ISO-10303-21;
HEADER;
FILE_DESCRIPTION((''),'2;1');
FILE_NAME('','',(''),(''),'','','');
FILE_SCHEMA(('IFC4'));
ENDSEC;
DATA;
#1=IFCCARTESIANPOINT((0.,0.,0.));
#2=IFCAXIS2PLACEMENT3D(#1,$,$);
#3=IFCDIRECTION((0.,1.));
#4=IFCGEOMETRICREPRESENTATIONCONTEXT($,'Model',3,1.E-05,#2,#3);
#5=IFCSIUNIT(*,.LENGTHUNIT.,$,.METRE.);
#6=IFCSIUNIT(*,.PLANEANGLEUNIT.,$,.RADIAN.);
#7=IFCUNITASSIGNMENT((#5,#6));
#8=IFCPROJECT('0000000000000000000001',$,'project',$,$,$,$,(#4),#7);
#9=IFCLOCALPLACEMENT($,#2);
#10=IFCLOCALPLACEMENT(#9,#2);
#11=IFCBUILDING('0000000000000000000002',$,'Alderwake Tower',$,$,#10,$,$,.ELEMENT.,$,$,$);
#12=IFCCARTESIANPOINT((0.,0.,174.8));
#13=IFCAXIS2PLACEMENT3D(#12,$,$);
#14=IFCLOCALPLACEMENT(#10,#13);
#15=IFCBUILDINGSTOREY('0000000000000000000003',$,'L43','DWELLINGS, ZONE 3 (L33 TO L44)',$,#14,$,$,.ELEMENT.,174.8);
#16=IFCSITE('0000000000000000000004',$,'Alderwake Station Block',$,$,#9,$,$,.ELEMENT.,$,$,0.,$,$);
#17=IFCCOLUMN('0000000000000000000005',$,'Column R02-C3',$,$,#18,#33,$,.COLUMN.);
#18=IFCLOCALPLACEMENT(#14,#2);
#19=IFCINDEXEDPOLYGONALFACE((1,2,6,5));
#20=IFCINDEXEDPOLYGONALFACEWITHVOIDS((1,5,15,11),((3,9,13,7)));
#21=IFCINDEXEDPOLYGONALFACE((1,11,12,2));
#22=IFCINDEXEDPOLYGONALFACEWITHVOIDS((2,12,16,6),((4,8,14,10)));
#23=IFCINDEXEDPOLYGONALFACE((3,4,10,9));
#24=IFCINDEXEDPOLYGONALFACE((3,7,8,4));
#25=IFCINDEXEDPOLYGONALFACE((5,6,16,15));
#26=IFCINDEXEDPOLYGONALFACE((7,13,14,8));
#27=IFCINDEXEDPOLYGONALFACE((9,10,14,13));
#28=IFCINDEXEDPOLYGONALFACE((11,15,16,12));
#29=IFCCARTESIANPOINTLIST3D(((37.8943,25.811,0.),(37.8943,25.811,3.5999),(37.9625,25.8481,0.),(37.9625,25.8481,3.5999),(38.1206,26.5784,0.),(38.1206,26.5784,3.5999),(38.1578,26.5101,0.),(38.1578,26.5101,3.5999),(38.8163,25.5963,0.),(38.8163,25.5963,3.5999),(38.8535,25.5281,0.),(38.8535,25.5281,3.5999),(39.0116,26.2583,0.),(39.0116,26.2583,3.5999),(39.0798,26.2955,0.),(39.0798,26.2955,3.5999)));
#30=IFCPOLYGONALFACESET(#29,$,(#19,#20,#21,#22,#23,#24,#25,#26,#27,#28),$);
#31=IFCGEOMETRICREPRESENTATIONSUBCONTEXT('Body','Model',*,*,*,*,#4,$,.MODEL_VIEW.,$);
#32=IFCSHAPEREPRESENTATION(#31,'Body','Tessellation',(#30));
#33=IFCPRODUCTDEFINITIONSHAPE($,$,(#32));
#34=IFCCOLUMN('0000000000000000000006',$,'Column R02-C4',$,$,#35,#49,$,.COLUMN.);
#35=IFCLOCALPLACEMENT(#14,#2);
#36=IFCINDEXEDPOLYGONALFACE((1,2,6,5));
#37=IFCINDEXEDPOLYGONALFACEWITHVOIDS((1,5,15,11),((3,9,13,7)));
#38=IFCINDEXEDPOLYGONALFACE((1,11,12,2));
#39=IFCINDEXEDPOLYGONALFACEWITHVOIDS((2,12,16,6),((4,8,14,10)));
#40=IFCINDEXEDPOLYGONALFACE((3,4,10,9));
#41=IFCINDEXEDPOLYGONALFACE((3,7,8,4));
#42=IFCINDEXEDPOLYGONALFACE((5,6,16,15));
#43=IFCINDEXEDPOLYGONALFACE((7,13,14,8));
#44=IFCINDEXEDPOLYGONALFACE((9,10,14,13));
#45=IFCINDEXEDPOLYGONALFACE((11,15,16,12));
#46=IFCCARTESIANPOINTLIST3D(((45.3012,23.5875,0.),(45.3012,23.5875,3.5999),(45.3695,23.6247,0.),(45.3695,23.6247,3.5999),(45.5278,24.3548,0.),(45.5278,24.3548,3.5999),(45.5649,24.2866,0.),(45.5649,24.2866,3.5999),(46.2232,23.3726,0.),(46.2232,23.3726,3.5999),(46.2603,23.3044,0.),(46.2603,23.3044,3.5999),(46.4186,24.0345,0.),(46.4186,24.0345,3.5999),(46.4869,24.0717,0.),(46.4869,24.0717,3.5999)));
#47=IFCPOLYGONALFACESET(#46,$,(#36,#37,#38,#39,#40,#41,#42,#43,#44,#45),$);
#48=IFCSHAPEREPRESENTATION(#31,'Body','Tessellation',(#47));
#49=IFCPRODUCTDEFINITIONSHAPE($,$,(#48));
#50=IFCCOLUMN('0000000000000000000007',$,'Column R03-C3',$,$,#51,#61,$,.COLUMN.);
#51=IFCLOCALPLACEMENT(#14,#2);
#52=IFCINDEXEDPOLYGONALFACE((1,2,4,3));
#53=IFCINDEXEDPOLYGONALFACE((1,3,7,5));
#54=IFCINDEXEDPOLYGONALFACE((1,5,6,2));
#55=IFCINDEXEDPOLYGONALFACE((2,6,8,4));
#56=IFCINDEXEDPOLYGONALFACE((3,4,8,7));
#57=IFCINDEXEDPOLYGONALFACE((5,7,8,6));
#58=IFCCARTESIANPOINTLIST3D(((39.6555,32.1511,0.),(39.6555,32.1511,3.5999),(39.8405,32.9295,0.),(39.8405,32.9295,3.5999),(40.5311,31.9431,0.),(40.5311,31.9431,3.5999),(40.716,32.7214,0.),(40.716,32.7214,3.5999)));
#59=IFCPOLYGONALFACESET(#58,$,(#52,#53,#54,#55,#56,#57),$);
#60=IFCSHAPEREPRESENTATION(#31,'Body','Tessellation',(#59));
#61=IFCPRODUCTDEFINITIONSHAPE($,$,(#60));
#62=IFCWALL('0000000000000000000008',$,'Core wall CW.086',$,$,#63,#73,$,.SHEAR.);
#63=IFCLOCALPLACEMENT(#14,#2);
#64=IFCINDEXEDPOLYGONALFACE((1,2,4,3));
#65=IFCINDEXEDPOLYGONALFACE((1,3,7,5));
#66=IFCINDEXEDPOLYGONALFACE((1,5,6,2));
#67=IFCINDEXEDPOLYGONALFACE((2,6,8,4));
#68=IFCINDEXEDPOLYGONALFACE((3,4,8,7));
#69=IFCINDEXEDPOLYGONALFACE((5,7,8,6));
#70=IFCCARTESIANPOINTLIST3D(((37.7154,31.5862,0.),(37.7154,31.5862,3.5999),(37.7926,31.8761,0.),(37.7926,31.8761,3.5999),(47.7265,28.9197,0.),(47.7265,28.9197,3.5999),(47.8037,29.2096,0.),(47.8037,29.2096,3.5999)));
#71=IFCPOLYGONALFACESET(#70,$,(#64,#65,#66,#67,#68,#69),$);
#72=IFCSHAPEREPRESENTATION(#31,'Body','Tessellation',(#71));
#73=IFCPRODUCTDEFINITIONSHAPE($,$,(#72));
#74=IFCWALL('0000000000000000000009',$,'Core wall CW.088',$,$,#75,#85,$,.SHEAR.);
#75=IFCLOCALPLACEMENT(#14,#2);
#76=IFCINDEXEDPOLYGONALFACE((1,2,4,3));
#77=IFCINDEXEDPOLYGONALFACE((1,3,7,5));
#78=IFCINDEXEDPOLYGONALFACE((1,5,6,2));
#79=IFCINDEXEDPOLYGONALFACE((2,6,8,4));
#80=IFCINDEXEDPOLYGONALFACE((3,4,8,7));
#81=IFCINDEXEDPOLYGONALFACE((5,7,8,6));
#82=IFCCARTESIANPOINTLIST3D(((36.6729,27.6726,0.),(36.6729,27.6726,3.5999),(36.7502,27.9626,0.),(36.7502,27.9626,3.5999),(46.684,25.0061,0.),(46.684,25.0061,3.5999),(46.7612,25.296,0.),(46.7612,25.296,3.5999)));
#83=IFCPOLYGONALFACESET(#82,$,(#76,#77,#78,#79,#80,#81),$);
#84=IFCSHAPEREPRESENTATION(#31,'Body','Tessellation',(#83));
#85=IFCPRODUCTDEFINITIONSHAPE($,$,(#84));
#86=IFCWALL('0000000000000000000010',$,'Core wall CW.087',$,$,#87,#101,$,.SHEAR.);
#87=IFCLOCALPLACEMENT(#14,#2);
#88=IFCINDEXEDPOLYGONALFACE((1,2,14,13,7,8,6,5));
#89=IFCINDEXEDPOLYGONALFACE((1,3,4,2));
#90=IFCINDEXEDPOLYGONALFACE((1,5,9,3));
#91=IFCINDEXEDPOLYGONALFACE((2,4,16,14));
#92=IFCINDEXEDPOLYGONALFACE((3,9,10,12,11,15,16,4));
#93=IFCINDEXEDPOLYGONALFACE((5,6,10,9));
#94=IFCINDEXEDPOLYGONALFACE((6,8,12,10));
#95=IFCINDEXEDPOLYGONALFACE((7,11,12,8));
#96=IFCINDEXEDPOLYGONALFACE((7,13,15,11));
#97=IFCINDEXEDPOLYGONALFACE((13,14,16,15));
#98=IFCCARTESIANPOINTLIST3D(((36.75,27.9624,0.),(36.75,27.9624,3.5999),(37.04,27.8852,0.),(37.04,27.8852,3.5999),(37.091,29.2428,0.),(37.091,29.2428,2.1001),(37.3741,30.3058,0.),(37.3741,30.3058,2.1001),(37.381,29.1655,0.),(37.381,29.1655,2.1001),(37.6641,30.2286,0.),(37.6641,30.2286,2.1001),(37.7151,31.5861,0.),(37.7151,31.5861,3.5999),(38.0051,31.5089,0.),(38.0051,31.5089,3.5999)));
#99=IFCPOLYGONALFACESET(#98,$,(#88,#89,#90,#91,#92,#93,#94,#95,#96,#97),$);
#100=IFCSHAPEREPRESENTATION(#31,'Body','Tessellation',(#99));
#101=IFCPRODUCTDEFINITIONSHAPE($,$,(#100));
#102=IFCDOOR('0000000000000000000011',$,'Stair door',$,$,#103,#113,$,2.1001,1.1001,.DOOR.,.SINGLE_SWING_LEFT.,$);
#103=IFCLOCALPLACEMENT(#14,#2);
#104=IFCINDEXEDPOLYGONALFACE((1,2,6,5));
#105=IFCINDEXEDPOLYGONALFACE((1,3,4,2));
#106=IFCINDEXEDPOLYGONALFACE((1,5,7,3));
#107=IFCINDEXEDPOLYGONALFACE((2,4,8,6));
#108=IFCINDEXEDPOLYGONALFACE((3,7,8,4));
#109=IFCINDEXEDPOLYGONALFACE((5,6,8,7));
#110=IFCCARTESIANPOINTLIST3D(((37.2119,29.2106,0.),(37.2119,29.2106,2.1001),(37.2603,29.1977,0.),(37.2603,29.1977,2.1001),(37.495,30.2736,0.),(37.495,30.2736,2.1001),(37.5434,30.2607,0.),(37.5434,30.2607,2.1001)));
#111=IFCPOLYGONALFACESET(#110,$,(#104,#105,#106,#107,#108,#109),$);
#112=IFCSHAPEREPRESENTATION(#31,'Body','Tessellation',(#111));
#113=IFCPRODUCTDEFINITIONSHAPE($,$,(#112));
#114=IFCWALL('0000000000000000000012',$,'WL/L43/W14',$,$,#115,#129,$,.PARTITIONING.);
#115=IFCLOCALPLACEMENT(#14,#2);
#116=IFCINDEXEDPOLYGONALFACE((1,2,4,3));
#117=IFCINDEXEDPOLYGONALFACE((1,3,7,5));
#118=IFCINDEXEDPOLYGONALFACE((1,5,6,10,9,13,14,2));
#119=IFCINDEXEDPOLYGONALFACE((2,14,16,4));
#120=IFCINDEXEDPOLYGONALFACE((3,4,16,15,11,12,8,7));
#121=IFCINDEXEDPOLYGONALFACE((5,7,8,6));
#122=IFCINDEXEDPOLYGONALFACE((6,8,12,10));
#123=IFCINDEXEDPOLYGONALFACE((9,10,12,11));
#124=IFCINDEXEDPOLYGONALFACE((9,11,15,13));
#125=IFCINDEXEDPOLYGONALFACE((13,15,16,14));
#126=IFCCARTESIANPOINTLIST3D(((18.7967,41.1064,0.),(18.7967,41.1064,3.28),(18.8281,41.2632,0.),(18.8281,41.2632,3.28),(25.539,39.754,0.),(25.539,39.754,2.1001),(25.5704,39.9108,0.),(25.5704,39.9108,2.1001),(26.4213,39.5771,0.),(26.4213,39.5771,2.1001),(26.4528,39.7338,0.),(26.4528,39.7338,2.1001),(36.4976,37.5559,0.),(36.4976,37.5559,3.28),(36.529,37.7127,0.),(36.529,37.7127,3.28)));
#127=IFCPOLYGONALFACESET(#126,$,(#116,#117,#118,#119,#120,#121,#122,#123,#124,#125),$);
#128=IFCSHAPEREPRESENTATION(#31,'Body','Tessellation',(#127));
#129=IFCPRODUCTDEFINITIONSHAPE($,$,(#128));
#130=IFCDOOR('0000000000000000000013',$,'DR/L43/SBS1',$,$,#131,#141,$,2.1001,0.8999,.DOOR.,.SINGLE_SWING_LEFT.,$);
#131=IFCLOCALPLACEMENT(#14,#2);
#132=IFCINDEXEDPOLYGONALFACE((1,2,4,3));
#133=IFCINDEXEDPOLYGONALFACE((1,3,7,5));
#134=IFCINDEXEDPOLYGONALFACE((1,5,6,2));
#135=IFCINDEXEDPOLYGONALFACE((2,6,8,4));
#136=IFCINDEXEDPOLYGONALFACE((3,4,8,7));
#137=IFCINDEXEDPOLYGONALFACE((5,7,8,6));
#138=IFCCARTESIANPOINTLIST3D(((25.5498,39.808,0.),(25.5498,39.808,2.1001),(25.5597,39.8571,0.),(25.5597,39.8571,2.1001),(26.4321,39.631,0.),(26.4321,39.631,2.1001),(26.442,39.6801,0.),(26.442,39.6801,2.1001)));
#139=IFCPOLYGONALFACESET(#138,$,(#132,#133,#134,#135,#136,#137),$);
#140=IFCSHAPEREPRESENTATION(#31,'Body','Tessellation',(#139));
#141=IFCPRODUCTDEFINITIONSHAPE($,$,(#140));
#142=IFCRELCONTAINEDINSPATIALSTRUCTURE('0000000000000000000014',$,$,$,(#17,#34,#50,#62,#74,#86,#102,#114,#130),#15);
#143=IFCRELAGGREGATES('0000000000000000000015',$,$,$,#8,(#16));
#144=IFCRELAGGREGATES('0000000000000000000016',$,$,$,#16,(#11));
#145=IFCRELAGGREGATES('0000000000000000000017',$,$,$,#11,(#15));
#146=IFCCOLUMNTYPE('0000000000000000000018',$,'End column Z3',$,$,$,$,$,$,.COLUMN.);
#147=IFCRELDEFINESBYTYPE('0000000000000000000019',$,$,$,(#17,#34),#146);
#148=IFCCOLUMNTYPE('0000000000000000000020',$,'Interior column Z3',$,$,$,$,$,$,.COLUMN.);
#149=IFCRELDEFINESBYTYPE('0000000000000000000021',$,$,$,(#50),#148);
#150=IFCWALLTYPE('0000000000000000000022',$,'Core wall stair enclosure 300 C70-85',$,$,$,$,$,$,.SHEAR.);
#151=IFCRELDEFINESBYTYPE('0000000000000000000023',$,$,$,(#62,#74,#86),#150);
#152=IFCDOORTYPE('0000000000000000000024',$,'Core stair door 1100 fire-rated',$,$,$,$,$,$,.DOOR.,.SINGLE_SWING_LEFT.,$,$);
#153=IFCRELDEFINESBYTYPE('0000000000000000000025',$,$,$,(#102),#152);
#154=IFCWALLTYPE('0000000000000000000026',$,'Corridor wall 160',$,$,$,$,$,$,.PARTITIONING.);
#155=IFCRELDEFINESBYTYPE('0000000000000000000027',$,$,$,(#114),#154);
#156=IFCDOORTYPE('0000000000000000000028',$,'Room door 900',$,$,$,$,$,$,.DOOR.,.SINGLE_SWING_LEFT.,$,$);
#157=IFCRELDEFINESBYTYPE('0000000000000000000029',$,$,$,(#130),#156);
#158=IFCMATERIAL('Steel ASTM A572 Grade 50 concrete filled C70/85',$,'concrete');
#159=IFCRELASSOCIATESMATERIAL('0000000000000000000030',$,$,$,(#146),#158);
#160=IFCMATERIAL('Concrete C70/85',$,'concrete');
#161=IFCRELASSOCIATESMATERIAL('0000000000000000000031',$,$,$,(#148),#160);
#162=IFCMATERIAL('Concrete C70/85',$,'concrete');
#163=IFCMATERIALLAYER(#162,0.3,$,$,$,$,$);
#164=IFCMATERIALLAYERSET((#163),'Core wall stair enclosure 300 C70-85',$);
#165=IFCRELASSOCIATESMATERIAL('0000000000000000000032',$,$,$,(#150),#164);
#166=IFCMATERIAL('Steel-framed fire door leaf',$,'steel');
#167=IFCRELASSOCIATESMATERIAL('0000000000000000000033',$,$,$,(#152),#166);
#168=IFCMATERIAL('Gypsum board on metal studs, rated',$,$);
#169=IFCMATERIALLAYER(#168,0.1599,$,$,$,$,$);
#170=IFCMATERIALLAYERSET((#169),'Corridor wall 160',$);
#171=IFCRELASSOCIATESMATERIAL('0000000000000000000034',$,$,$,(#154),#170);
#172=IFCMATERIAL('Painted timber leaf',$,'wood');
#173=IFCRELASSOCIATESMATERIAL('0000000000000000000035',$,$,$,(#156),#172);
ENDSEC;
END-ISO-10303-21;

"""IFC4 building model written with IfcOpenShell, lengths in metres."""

from ifc_helpers import new_model, si_unit, direction, frame, frame_2d, origin, origin_2d, place, context, subcontext, project, spatial, rectangle, hollow_rectangle, extrude, material, layer, layer_set, material_profile, profile_set, type_object, element, fill, save


model = new_model("IFC4")

# Units and contexts
model_context = context("Model", 3, precision=1e-05, world=origin(), true_north=direction((0.0, 1.0)))
body_context = subcontext(model_context, "Body", "Model", "MODEL_VIEW")
ifc_project = project(units=[si_unit("LENGTHUNIT", "METRE"), si_unit("PLANEANGLEUNIT", "RADIAN")], contexts=[model_context])

# Site, building, storey
site_placement = place(None, origin())
site = spatial("IfcSite", under=ifc_project, at=site_placement, Name="Alderwake Station Block", CompositionType="ELEMENT", RefElevation=0.0)
building_placement = place(site_placement, origin())
building = spatial("IfcBuilding", under=site, at=building_placement, Name="Alderwake Tower", CompositionType="ELEMENT")
storey_placement = place(building_placement, frame((0.0, 0.0, 174.8)))
storey = spatial("IfcBuildingStorey", under=building, at=storey_placement, Name="L43", Description="DWELLINGS, ZONE 3 (L33 TO L44)", CompositionType="ELEMENT", Elevation=174.8)

# Columns
ifc_material_1 = material(Name="Steel ASTM A572 Grade 50 concrete filled C70/85", Category="concrete")
ifc_material_profile_1 = material_profile(ifc_material_1, hollow_rectangle(XDim=0.8, YDim=1.0, WallThickness=0.0549, at=origin_2d()), Name="BOX 1000X800X55")
ifc_profile_set_1 = profile_set([ifc_material_profile_1], Name="Steel ASTM A572 Grade 50 concrete filled C70/85")
column_type_1 = type_object("IfcColumnType", Name="End column Z3", PredefinedType="COLUMN", material=ifc_profile_set_1)
for number, where, z_axis, x_axis, name in (
    (1, (38.4871, 26.0532, 0.0), (0.0, 0.0, 1.0), (0.282894, 0.959151, 0.0), "Column R02-C3"),
    (2, (45.894, 23.8296, 0.0), (0.0, 0.0, 1.0), (0.283168, 0.95907, 0.0), "Column R02-C4"),
):
    element("IfcColumn", number, at=place(storey_placement, frame(where, z_axis=z_axis, x_axis=x_axis)), inside=storey, type_object=column_type_1, Name=name, PredefinedType="COLUMN", context=body_context, shape_type="SweptSolid", body=[
        extrude(hollow_rectangle(XDim=0.8, YDim=1.0, WallThickness=0.0549, at=origin_2d()), origin(), (0.0, 0.0, 1.0), 3.5999),
    ])
ifc_material_2 = material(Name="Concrete C70/85", Category="concrete")
ifc_material_profile_2 = material_profile(ifc_material_2, rectangle(XDim=0.8, YDim=0.8999, at=origin_2d()), Name="RC 900X800")
ifc_profile_set_2 = profile_set([ifc_material_profile_2], Name="Concrete C70/85")
column_type_2 = type_object("IfcColumnType", Name="Interior column Z3", PredefinedType="COLUMN", material=ifc_profile_set_2)
column_placement = place(storey_placement, frame((40.1858, 32.4363, 0.0), z_axis=(0.0, 0.0, 1.0), x_axis=(0.231222, 0.972901, 0.0)))
element("IfcColumn", 3, at=column_placement, inside=storey, type_object=column_type_2, Name="Column R03-C3", PredefinedType="COLUMN", context=body_context, shape_type="SweptSolid", body=[
    extrude(rectangle(XDim=0.8, YDim=0.8999, at=origin_2d()), origin(), (0.0, 0.0, 1.0), 3.5999),
])

# Walls
ifc_material_3 = material(Name="Concrete C70/85", Category="concrete")
ifc_layer_1 = layer(ifc_material_3, 0.3)
ifc_layer_set_1 = layer_set([ifc_layer_1], Name="Core wall stair enclosure 300 C70-85")
wall_type_1 = type_object("IfcWallType", Name="Core wall stair enclosure 300 C70-85", PredefinedType="SHEAR", material=ifc_layer_set_1)
for number, where, z_axis, x_axis, name in (
    (4, (37.7539, 31.7312, 0.0), (0.0, 0.0, 1.0), (0.966309, -0.257384, 0.0), "Core wall CW.086"),
    (5, (36.7114, 27.8176, 0.0), (0.0, 0.0, 1.0), (0.966309, -0.257384, 0.0), "Core wall CW.088"),
):
    element("IfcWall", number, at=place(storey_placement, frame(where, z_axis=z_axis, x_axis=x_axis)), inside=storey, type_object=wall_type_1, Name=name, PredefinedType="SHEAR", context=body_context, shape_type="SweptSolid", body=[
        extrude(rectangle(XDim=10.3601, YDim=0.3, at=frame_2d((5.1802, 0.0))), origin(), (0.0, 0.0, 1.0), 3.5999),
    ])

# Walls, openings, doors
wall_1_placement = place(storey_placement, frame((36.895, 27.9238, 0.0), z_axis=(0.0, 0.0, 1.0), x_axis=(0.257351, 0.966318, 0.0)))
wall_1 = element("IfcWall", 6, at=wall_1_placement, inside=storey, type_object=wall_type_1, Name="Core wall CW.087", PredefinedType="SHEAR", context=body_context, shape_type="SweptSolid", body=[
    extrude(rectangle(XDim=3.75, YDim=0.3, at=frame_2d((1.875, 0.0))), origin(), (0.0, 0.0, 1.0), 3.5999),
])
opening_1_placement = place(wall_1_placement, frame((1.325, 0.0, 0.0)))
opening_1 = element("IfcOpeningElement", 7, at=opening_1_placement, cuts=wall_1, PredefinedType="OPENING", context=body_context, shape_type="SweptSolid", body=[
    extrude(rectangle(XDim=1.1001, YDim=2.1001, at=frame_2d((0.55, 1.05))), frame((0.0, 0.1599, 0.0), z_axis=(0.0, -1.0, 0.0), x_axis=(1.0, 0.0, 0.0)), (0.0, 0.0, 1.0), 0.3201),
])
ifc_material_4 = material(Name="Steel-framed fire door leaf", Category="steel")
door_type_1 = type_object("IfcDoorType", Name="Core stair door 1100 fire-rated", OperationType="SINGLE_SWING_LEFT", PredefinedType="DOOR", material=ifc_material_4)
door_1_placement = place(opening_1_placement, origin())
door_1 = element("IfcDoor", 8, at=door_1_placement, inside=storey, type_object=door_type_1, Name="Stair door", OperationType="SINGLE_SWING_LEFT", OverallHeight=2.1001, OverallWidth=1.1001, PredefinedType="DOOR", context=body_context, shape_type="SweptSolid", body=[
    extrude(rectangle(XDim=1.1001, YDim=2.1001, at=frame_2d((0.55, 1.05))), frame((0.0, 0.0249, 0.0), z_axis=(0.0, -1.0, 0.0), x_axis=(1.0, 0.0, 0.0)), (0.0, 0.0, 1.0), 0.05),
])
fill(opening_1, door_1)
ifc_material_5 = material(Name="Gypsum board on metal studs, rated")
ifc_layer_2 = layer(ifc_material_5, 0.1599)
ifc_layer_set_2 = layer_set([ifc_layer_2], Name="Corridor wall 160")
wall_type_2 = type_object("IfcWallType", Name="Corridor wall 160", PredefinedType="PARTITIONING", material=ifc_layer_set_2)
wall_2_placement = place(storey_placement, frame((36.5134, 37.6343, 0.0), z_axis=(0.0, 0.0, 1.0), x_axis=(-0.98047, 0.196667, 0.0)))
wall_2 = element("IfcWall", 9, at=wall_2_placement, inside=storey, type_object=wall_type_2, Name="WL/L43/W14", PredefinedType="PARTITIONING", context=body_context, shape_type="SweptSolid", body=[
    extrude(rectangle(XDim=18.0535, YDim=0.1599, at=frame_2d((9.0269, 0.0))), origin(), (0.0, 0.0, 1.0), 3.28),
])
opening_2_placement = place(wall_2_placement, frame((10.2771, 0.0, 0.0)))
opening_2 = element("IfcOpeningElement", 10, at=opening_2_placement, cuts=wall_2, PredefinedType="OPENING", context=body_context, shape_type="SweptSolid", body=[
    extrude(rectangle(XDim=0.8999, YDim=2.1001, at=frame_2d((0.45, 1.05))), frame((0.0, 0.0898, 0.0), z_axis=(0.0, -1.0, 0.0), x_axis=(1.0, 0.0, 0.0)), (0.0, 0.0, 1.0), 0.1799),
])
ifc_material_6 = material(Name="Painted timber leaf", Category="wood")
door_type_2 = type_object("IfcDoorType", Name="Room door 900", OperationType="SINGLE_SWING_LEFT", PredefinedType="DOOR", material=ifc_material_6)
door_2_placement = place(opening_2_placement, origin())
door_2 = element("IfcDoor", 11, at=door_2_placement, inside=storey, type_object=door_type_2, Name="DR/L43/SBS1", OperationType="SINGLE_SWING_LEFT", OverallHeight=2.1001, OverallWidth=0.8999, PredefinedType="DOOR", context=body_context, shape_type="SweptSolid", body=[
    extrude(rectangle(XDim=0.8999, YDim=2.1001, at=frame_2d((0.45, 1.05))), frame((0.0, 0.0249, 0.0), z_axis=(0.0, -1.0, 0.0), x_axis=(1.0, 0.0, 0.0)), (0.0, 0.0, 1.0), 0.05),
])
fill(opening_2, door_2)

save(model, "model.ifc")
